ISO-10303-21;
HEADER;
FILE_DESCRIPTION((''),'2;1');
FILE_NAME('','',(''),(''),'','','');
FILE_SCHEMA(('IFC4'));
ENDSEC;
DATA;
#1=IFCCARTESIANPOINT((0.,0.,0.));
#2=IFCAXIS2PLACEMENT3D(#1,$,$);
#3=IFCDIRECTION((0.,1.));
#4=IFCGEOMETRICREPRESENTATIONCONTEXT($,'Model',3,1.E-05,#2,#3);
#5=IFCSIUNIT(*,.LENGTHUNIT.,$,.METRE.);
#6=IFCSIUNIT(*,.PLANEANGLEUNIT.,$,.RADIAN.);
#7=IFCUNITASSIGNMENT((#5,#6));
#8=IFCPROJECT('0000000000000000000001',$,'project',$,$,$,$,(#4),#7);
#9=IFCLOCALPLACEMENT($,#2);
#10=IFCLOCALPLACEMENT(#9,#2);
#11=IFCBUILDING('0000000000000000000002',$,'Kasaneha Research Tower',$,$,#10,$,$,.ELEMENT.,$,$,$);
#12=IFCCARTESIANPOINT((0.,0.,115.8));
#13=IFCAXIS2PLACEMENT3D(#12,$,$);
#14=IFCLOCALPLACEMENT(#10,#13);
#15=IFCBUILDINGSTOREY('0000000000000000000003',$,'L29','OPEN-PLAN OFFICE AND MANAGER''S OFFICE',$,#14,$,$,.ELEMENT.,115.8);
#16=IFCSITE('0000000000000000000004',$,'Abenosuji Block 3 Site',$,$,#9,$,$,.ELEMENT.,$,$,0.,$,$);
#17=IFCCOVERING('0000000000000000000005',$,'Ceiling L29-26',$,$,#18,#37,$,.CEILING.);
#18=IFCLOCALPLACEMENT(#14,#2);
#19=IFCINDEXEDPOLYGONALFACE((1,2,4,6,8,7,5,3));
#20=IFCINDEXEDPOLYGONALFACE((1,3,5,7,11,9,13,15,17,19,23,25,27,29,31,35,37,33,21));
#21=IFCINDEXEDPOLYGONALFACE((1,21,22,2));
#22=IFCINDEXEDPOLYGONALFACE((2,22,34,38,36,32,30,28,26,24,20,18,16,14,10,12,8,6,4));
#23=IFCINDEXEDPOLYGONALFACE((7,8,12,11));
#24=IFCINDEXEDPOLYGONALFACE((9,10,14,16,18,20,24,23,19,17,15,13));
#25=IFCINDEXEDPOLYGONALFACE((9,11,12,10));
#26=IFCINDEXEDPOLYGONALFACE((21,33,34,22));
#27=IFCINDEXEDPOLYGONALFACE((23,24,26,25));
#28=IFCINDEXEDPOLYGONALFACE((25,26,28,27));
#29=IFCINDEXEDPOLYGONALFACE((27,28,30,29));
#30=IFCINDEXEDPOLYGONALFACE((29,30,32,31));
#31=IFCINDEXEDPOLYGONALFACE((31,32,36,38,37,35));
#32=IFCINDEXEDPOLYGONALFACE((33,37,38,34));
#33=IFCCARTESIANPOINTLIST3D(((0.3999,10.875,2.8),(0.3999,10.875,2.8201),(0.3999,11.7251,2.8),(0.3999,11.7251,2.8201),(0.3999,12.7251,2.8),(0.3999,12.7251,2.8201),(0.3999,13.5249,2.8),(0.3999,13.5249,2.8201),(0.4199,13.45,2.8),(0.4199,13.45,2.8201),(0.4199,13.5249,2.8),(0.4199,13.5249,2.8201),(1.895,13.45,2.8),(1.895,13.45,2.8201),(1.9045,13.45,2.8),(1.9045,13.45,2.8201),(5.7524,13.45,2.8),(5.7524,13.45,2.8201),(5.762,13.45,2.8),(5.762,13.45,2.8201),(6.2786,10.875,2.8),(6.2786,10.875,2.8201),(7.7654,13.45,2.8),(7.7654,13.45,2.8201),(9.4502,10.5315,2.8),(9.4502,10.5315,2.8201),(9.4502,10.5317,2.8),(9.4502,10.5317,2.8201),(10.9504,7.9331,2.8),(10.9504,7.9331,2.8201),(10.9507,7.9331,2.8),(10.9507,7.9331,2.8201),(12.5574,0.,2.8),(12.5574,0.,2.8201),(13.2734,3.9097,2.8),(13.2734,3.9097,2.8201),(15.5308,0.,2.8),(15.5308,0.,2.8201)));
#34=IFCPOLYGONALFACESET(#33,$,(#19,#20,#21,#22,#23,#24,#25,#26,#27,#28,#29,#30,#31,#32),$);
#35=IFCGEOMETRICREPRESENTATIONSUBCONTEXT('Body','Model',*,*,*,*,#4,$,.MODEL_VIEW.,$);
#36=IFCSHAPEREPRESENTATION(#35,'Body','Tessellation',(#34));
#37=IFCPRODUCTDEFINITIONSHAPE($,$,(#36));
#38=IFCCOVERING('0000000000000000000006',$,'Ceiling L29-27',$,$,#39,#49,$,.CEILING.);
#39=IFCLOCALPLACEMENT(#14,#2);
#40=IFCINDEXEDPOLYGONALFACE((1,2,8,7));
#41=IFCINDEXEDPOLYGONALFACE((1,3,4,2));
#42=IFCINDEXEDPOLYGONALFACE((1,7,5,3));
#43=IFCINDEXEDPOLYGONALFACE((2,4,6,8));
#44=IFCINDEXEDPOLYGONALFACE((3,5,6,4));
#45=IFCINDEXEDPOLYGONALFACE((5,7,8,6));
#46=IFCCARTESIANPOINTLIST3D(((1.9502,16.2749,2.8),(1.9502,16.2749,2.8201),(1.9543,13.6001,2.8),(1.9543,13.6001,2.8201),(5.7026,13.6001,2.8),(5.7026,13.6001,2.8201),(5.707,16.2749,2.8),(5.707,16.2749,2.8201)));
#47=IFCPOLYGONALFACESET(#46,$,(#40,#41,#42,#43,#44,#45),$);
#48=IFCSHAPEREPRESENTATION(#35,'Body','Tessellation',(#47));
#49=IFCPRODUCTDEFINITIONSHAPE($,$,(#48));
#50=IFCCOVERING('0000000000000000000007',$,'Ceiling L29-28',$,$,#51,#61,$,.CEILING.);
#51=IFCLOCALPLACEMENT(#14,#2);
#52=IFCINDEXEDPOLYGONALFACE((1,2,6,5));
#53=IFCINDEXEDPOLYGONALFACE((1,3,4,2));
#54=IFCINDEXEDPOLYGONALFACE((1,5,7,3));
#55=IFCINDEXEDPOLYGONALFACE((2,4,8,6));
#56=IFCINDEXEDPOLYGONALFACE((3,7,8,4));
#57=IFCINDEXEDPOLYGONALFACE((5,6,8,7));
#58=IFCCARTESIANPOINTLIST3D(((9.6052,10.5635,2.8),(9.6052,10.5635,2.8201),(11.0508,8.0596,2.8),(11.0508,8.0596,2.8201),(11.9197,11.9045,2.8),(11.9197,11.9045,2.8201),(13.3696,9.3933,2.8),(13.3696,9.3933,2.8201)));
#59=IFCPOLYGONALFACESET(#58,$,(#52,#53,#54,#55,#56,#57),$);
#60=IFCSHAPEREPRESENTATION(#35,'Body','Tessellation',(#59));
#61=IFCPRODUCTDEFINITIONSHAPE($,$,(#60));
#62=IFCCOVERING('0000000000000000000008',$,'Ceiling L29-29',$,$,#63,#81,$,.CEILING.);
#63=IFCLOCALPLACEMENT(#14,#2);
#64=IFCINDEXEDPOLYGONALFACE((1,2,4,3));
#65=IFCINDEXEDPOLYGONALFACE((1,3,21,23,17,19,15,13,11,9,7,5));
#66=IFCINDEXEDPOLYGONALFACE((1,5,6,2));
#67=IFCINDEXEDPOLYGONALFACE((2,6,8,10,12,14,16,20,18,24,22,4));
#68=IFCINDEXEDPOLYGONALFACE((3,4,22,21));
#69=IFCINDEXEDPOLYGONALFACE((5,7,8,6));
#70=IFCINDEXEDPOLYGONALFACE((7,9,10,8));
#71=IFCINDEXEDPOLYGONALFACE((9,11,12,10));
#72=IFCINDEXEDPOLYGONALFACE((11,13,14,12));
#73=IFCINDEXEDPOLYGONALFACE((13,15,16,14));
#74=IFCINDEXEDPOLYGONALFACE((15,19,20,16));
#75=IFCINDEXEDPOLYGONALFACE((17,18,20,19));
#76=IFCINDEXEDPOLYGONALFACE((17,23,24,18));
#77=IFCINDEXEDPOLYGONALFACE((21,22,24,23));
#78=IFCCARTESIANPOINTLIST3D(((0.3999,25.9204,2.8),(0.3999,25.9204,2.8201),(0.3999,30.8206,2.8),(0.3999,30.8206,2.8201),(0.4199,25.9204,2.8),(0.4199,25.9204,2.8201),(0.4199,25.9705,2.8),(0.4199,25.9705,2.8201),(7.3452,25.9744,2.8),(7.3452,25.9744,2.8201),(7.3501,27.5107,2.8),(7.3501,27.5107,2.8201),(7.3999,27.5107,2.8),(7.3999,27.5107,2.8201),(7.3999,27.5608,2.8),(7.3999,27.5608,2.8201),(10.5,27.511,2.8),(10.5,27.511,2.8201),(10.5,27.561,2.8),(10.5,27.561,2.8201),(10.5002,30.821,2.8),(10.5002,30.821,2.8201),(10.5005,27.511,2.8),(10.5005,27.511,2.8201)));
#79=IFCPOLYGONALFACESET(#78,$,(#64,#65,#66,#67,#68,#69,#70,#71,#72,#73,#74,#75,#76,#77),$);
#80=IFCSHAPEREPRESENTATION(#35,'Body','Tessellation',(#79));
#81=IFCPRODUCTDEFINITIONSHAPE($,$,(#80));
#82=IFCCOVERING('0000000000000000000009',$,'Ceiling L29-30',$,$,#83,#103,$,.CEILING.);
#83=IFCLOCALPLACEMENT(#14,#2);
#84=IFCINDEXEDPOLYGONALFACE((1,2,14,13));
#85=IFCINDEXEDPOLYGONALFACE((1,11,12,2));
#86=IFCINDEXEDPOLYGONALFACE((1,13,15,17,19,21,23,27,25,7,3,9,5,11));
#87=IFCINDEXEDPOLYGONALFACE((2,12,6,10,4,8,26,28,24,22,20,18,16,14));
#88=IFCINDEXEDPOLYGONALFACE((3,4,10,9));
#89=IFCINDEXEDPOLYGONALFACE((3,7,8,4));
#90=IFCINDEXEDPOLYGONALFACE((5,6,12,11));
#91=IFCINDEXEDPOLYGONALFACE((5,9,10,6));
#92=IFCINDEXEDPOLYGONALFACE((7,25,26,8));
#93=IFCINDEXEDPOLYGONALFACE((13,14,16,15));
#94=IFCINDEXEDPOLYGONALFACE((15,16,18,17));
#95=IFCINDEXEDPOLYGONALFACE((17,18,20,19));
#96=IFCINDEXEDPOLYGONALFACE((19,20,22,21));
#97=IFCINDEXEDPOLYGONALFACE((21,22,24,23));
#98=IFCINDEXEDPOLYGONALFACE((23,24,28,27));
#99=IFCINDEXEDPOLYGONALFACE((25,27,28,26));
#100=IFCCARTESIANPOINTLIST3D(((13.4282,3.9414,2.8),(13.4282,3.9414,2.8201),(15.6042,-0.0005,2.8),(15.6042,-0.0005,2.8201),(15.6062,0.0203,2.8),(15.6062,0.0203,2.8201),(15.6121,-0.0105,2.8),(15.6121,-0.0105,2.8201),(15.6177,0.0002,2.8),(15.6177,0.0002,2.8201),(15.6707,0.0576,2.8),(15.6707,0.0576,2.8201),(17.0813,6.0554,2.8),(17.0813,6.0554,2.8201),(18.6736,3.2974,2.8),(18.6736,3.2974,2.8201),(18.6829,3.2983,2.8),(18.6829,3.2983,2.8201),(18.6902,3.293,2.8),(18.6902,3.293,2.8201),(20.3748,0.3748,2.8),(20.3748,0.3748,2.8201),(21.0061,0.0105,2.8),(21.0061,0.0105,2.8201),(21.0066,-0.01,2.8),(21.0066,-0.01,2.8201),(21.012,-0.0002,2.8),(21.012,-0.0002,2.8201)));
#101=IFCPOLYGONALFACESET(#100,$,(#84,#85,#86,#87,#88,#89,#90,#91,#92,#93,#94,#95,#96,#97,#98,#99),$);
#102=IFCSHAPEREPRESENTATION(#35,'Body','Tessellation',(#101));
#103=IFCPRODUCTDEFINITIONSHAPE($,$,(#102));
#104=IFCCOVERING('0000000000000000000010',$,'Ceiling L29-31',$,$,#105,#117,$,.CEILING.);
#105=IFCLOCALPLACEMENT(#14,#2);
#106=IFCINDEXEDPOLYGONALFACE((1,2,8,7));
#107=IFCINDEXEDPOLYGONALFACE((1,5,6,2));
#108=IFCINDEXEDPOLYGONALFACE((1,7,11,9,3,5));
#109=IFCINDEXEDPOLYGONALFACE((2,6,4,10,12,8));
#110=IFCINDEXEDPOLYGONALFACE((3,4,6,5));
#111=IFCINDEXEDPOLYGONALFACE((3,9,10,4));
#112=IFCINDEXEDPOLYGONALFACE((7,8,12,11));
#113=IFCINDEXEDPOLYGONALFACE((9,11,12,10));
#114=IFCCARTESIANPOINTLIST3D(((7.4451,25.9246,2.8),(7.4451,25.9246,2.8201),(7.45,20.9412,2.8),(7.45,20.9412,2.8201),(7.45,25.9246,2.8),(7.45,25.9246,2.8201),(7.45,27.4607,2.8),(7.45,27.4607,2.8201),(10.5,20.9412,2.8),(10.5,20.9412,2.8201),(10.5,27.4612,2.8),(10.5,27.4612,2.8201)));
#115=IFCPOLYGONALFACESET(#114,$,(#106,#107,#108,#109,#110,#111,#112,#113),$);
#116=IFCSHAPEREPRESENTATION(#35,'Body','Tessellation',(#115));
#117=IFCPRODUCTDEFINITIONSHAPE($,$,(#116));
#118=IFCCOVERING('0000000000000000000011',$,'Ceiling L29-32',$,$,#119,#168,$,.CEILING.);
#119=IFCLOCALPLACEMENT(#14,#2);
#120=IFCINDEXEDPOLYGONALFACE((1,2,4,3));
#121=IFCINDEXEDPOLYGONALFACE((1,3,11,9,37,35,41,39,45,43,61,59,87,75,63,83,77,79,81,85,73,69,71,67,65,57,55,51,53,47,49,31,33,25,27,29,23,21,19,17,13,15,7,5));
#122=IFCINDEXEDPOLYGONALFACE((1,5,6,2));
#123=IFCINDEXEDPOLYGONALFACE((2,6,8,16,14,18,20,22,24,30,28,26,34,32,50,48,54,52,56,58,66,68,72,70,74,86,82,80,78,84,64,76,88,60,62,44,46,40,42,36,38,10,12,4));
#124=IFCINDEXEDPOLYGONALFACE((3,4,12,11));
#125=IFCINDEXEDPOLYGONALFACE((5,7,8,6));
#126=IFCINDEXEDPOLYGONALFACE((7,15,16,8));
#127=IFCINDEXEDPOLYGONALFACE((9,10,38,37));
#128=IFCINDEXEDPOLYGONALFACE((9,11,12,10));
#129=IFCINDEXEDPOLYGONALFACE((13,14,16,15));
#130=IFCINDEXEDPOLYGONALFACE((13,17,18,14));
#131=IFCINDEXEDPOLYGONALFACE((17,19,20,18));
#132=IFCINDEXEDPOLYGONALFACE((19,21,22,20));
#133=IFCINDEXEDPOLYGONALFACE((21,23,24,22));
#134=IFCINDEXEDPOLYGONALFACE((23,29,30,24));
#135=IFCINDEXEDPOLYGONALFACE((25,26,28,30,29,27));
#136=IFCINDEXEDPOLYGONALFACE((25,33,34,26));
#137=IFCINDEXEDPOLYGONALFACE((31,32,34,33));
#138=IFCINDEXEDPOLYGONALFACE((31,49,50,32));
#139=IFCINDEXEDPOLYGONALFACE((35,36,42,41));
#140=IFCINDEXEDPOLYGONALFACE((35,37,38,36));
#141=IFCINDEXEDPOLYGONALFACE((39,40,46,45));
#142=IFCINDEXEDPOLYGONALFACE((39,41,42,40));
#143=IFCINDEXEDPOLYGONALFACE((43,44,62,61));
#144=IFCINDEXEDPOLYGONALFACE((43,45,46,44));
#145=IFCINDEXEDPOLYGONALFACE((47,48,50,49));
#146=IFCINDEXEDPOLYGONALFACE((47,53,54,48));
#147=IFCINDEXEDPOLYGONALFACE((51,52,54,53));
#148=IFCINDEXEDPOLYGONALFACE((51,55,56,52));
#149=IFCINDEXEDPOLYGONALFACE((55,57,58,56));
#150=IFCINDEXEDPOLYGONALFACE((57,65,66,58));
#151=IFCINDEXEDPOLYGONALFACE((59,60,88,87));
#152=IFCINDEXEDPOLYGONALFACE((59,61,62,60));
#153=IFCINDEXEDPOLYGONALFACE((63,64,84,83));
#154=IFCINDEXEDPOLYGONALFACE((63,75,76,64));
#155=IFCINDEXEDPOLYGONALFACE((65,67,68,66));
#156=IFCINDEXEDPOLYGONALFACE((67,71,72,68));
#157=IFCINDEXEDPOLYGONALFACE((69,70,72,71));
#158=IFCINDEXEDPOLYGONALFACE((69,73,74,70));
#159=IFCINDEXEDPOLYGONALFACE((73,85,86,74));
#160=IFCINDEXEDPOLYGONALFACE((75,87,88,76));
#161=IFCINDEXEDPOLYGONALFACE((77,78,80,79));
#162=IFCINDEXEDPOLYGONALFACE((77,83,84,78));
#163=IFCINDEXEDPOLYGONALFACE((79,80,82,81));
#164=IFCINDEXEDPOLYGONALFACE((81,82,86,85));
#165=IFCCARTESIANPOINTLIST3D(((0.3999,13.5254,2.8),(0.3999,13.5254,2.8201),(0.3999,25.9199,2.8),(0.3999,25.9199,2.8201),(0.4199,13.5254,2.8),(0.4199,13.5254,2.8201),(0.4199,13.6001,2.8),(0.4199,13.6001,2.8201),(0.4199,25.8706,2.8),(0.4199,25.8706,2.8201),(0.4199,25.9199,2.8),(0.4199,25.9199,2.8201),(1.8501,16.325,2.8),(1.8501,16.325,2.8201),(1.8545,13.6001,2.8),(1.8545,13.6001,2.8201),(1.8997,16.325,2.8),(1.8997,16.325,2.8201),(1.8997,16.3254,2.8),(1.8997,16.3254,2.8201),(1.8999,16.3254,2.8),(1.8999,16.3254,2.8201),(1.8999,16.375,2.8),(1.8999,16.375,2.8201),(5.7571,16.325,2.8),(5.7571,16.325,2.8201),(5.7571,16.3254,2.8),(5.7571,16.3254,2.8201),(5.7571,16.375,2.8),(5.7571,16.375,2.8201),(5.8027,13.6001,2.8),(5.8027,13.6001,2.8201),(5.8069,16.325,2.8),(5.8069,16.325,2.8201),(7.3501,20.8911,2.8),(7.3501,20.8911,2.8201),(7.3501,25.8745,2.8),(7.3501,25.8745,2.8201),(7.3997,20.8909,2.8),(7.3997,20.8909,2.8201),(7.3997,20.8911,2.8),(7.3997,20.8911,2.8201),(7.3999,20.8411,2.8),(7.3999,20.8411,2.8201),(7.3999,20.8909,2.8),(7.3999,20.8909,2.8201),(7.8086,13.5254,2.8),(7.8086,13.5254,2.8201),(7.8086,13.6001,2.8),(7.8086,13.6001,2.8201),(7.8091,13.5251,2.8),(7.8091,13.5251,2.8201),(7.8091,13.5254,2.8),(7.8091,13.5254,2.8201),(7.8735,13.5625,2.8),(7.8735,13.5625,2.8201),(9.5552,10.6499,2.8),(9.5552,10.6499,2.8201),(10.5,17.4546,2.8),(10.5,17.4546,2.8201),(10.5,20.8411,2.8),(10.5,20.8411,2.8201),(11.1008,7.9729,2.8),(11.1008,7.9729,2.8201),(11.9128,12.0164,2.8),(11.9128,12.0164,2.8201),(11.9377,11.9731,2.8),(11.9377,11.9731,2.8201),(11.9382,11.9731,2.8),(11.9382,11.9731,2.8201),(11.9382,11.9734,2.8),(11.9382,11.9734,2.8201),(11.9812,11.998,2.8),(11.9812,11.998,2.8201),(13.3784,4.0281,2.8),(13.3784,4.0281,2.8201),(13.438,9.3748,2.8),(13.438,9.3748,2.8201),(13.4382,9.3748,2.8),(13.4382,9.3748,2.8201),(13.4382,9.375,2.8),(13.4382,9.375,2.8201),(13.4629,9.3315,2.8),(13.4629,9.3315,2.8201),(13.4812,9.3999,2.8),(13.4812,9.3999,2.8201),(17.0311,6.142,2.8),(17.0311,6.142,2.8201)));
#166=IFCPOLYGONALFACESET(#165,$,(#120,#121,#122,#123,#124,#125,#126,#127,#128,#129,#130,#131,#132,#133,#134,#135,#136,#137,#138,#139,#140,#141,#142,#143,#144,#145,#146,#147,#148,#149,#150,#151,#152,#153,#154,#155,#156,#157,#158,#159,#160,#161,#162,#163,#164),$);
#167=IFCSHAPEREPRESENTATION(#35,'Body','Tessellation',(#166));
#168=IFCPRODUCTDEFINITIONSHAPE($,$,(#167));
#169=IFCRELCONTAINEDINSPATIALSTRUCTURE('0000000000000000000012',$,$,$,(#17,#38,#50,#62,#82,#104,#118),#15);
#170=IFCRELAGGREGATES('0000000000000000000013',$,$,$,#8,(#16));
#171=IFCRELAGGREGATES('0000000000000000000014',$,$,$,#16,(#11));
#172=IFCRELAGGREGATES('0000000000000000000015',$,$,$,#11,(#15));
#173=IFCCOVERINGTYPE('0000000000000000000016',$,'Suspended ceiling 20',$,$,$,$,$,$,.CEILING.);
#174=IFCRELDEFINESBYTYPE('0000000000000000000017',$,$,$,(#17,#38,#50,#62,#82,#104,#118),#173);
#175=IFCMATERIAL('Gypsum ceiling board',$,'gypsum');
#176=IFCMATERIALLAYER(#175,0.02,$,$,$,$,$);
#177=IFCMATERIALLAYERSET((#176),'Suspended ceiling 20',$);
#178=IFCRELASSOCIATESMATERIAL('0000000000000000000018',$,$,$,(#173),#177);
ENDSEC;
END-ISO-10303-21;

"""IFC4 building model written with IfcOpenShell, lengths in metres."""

from ifc_helpers import new_model, si_unit, direction, frame, origin, place, context, subcontext, project, spatial, polyline, outline, extrude, material, layer, layer_set, type_object, element, save


model = new_model("IFC4")

# Units and contexts
model_context = context("Model", 3, precision=1e-05, world=origin(), true_north=direction((0.0, 1.0)))
body_context = subcontext(model_context, "Body", "Model", "MODEL_VIEW")
ifc_project = project(units=[si_unit("LENGTHUNIT", "METRE"), si_unit("PLANEANGLEUNIT", "RADIAN")], contexts=[model_context])

# Site, building, storey
site_placement = place(None, origin())
site = spatial("IfcSite", under=ifc_project, at=site_placement, Name="Abenosuji Block 3 Site", CompositionType="ELEMENT", RefElevation=0.0)
building_placement = place(site_placement, origin())
building = spatial("IfcBuilding", under=site, at=building_placement, Name="Kasaneha Research Tower", CompositionType="ELEMENT")
storey_placement = place(building_placement, frame((0.0, 0.0, 115.8)))
storey = spatial("IfcBuildingStorey", under=building, at=storey_placement, Name="L29", Description="OPEN-PLAN OFFICE AND MANAGER'S OFFICE", CompositionType="ELEMENT", Elevation=115.8)

# Coverings
ifc_material_1 = material(Name="Gypsum ceiling board", Category="gypsum")
ifc_layer_1 = layer(ifc_material_1, 0.02)
ifc_layer_set_1 = layer_set([ifc_layer_1], Name="Suspended ceiling 20")
covering_type_1 = type_object("IfcCoveringType", Name="Suspended ceiling 20", PredefinedType="CEILING", material=ifc_layer_set_1)
covering_1_placement = place(storey_placement, frame((0.0, 0.0, 2.8)))
element("IfcCovering", 1, at=covering_1_placement, inside=storey, type_object=covering_type_1, Name="Ceiling L29-26", PredefinedType="CEILING", context=body_context, shape_type="SweptSolid", body=[
    extrude(outline(polyline([(6.2786, 10.875), (0.3999, 10.875), (0.3999, 11.7251), (0.3999, 12.7251), (0.3999, 13.5249), (0.4199, 13.5249), (0.4199, 13.45), (1.895, 13.45), (1.9045, 13.45), (5.7524, 13.45), (5.762, 13.45), (7.7654, 13.45), (9.4502, 10.5315), (9.4502, 10.5317), (10.9504, 7.9331), (10.9507, 7.9331), (13.2734, 3.9097), (13.2734, 3.9097), (15.5308, 0.0), (15.5308, 0.0), (12.5574, 0.0), (6.2786, 10.875)])), origin(), (0.0, 0.0, 1.0), 0.02),
])
covering_2_placement = place(storey_placement, frame((0.0, 0.0, 2.8)))
element("IfcCovering", 2, at=covering_2_placement, inside=storey, type_object=covering_type_1, Name="Ceiling L29-27", PredefinedType="CEILING", context=body_context, shape_type="SweptSolid", body=[
    extrude(outline(polyline([(1.9543, 13.6001), (1.9502, 16.2749), (5.707, 16.2749), (5.7026, 13.6001), (1.9543, 13.6001)])), origin(), (0.0, 0.0, 1.0), 0.02),
])
covering_3_placement = place(storey_placement, frame((0.0, 0.0, 2.8)))
element("IfcCovering", 3, at=covering_3_placement, inside=storey, type_object=covering_type_1, Name="Ceiling L29-28", PredefinedType="CEILING", context=body_context, shape_type="SweptSolid", body=[
    extrude(outline(polyline([(11.0508, 8.0596), (9.6052, 10.5635), (11.9197, 11.9045), (13.3696, 9.3933), (11.0508, 8.0596)])), origin(), (0.0, 0.0, 1.0), 0.02),
])
covering_4_placement = place(storey_placement, frame((0.0, 0.0, 2.8)))
element("IfcCovering", 4, at=covering_4_placement, inside=storey, type_object=covering_type_1, Name="Ceiling L29-29", PredefinedType="CEILING", context=body_context, shape_type="SweptSolid", body=[
    extrude(outline(polyline([(10.5005, 27.511), (10.5, 27.511), (10.5, 27.561), (7.3999, 27.5608), (7.3999, 27.5107), (7.3501, 27.5107), (7.3452, 25.9744), (0.4199, 25.9705), (0.4199, 25.9204), (0.3999, 25.9204), (0.3999, 30.8206), (10.5002, 30.821), (10.5005, 27.511)])), origin(), (0.0, 0.0, 1.0), 0.02),
])
covering_5_placement = place(storey_placement, frame((0.0, 0.0, 2.8)))
element("IfcCovering", 5, at=covering_5_placement, inside=storey, type_object=covering_type_1, Name="Ceiling L29-30", PredefinedType="CEILING", context=body_context, shape_type="SweptSolid", body=[
    extrude(outline(polyline([(18.6902, 3.293), (20.3748, 0.3748), (21.0061, 0.0105), (21.012, -0.0002), (21.0066, -0.01), (15.6121, -0.0105), (15.6042, -0.0005), (15.6177, 0.0002), (15.6062, 0.0203), (15.6707, 0.0576), (13.4282, 3.9414), (17.0813, 6.0554), (18.6736, 3.2974), (18.6829, 3.2983), (18.6902, 3.293)])), origin(), (0.0, 0.0, 1.0), 0.02),
])
covering_6_placement = place(storey_placement, frame((0.0, 0.0, 2.8)))
element("IfcCovering", 6, at=covering_6_placement, inside=storey, type_object=covering_type_1, Name="Ceiling L29-31", PredefinedType="CEILING", context=body_context, shape_type="SweptSolid", body=[
    extrude(outline(polyline([(10.5, 20.9412), (7.45, 20.9412), (7.45, 25.9246), (7.4451, 25.9246), (7.45, 27.4607), (10.5, 27.4612), (10.5, 20.9412)])), origin(), (0.0, 0.0, 1.0), 0.02),
])
covering_7_placement = place(storey_placement, frame((0.0, 0.0, 2.8)))
element("IfcCovering", 7, at=covering_7_placement, inside=storey, type_object=covering_type_1, Name="Ceiling L29-32", PredefinedType="CEILING", context=body_context, shape_type="SweptSolid", body=[
    extrude(outline(polyline([(13.4382, 9.3748), (13.4382, 9.375), (13.4812, 9.3999), (11.9812, 11.998), (11.9382, 11.9731), (11.9382, 11.9734), (11.9377, 11.9731), (11.9128, 12.0164), (9.5552, 10.6499), (7.8735, 13.5625), (7.8091, 13.5251), (7.8091, 13.5254), (7.8086, 13.5254), (7.8086, 13.6001), (5.8027, 13.6001), (5.8069, 16.325), (5.7571, 16.325), (5.7571, 16.3254), (5.7571, 16.3254), (5.7571, 16.375), (1.8999, 16.375), (1.8999, 16.3254), (1.8997, 16.3254), (1.8997, 16.325), (1.8501, 16.325), (1.8545, 13.6001), (0.4199, 13.6001), (0.4199, 13.5254), (0.3999, 13.5254), (0.3999, 25.9199), (0.4199, 25.9199), (0.4199, 25.8706), (7.3501, 25.8745), (7.3501, 20.8911), (7.3997, 20.8911), (7.3997, 20.8909), (7.3999, 20.8909), (7.3999, 20.8411), (10.5, 20.8411), (10.5, 17.4546), (17.0559, 6.0991), (17.0559, 6.0991), (17.0312, 6.1421), (13.3784, 4.0281), (11.1008, 7.9729), (13.4629, 9.3315), (13.438, 9.3748), (13.4382, 9.3748)])), origin(), (0.0, 0.0, 1.0), 0.02),
])

save(model, "model.ifc")
